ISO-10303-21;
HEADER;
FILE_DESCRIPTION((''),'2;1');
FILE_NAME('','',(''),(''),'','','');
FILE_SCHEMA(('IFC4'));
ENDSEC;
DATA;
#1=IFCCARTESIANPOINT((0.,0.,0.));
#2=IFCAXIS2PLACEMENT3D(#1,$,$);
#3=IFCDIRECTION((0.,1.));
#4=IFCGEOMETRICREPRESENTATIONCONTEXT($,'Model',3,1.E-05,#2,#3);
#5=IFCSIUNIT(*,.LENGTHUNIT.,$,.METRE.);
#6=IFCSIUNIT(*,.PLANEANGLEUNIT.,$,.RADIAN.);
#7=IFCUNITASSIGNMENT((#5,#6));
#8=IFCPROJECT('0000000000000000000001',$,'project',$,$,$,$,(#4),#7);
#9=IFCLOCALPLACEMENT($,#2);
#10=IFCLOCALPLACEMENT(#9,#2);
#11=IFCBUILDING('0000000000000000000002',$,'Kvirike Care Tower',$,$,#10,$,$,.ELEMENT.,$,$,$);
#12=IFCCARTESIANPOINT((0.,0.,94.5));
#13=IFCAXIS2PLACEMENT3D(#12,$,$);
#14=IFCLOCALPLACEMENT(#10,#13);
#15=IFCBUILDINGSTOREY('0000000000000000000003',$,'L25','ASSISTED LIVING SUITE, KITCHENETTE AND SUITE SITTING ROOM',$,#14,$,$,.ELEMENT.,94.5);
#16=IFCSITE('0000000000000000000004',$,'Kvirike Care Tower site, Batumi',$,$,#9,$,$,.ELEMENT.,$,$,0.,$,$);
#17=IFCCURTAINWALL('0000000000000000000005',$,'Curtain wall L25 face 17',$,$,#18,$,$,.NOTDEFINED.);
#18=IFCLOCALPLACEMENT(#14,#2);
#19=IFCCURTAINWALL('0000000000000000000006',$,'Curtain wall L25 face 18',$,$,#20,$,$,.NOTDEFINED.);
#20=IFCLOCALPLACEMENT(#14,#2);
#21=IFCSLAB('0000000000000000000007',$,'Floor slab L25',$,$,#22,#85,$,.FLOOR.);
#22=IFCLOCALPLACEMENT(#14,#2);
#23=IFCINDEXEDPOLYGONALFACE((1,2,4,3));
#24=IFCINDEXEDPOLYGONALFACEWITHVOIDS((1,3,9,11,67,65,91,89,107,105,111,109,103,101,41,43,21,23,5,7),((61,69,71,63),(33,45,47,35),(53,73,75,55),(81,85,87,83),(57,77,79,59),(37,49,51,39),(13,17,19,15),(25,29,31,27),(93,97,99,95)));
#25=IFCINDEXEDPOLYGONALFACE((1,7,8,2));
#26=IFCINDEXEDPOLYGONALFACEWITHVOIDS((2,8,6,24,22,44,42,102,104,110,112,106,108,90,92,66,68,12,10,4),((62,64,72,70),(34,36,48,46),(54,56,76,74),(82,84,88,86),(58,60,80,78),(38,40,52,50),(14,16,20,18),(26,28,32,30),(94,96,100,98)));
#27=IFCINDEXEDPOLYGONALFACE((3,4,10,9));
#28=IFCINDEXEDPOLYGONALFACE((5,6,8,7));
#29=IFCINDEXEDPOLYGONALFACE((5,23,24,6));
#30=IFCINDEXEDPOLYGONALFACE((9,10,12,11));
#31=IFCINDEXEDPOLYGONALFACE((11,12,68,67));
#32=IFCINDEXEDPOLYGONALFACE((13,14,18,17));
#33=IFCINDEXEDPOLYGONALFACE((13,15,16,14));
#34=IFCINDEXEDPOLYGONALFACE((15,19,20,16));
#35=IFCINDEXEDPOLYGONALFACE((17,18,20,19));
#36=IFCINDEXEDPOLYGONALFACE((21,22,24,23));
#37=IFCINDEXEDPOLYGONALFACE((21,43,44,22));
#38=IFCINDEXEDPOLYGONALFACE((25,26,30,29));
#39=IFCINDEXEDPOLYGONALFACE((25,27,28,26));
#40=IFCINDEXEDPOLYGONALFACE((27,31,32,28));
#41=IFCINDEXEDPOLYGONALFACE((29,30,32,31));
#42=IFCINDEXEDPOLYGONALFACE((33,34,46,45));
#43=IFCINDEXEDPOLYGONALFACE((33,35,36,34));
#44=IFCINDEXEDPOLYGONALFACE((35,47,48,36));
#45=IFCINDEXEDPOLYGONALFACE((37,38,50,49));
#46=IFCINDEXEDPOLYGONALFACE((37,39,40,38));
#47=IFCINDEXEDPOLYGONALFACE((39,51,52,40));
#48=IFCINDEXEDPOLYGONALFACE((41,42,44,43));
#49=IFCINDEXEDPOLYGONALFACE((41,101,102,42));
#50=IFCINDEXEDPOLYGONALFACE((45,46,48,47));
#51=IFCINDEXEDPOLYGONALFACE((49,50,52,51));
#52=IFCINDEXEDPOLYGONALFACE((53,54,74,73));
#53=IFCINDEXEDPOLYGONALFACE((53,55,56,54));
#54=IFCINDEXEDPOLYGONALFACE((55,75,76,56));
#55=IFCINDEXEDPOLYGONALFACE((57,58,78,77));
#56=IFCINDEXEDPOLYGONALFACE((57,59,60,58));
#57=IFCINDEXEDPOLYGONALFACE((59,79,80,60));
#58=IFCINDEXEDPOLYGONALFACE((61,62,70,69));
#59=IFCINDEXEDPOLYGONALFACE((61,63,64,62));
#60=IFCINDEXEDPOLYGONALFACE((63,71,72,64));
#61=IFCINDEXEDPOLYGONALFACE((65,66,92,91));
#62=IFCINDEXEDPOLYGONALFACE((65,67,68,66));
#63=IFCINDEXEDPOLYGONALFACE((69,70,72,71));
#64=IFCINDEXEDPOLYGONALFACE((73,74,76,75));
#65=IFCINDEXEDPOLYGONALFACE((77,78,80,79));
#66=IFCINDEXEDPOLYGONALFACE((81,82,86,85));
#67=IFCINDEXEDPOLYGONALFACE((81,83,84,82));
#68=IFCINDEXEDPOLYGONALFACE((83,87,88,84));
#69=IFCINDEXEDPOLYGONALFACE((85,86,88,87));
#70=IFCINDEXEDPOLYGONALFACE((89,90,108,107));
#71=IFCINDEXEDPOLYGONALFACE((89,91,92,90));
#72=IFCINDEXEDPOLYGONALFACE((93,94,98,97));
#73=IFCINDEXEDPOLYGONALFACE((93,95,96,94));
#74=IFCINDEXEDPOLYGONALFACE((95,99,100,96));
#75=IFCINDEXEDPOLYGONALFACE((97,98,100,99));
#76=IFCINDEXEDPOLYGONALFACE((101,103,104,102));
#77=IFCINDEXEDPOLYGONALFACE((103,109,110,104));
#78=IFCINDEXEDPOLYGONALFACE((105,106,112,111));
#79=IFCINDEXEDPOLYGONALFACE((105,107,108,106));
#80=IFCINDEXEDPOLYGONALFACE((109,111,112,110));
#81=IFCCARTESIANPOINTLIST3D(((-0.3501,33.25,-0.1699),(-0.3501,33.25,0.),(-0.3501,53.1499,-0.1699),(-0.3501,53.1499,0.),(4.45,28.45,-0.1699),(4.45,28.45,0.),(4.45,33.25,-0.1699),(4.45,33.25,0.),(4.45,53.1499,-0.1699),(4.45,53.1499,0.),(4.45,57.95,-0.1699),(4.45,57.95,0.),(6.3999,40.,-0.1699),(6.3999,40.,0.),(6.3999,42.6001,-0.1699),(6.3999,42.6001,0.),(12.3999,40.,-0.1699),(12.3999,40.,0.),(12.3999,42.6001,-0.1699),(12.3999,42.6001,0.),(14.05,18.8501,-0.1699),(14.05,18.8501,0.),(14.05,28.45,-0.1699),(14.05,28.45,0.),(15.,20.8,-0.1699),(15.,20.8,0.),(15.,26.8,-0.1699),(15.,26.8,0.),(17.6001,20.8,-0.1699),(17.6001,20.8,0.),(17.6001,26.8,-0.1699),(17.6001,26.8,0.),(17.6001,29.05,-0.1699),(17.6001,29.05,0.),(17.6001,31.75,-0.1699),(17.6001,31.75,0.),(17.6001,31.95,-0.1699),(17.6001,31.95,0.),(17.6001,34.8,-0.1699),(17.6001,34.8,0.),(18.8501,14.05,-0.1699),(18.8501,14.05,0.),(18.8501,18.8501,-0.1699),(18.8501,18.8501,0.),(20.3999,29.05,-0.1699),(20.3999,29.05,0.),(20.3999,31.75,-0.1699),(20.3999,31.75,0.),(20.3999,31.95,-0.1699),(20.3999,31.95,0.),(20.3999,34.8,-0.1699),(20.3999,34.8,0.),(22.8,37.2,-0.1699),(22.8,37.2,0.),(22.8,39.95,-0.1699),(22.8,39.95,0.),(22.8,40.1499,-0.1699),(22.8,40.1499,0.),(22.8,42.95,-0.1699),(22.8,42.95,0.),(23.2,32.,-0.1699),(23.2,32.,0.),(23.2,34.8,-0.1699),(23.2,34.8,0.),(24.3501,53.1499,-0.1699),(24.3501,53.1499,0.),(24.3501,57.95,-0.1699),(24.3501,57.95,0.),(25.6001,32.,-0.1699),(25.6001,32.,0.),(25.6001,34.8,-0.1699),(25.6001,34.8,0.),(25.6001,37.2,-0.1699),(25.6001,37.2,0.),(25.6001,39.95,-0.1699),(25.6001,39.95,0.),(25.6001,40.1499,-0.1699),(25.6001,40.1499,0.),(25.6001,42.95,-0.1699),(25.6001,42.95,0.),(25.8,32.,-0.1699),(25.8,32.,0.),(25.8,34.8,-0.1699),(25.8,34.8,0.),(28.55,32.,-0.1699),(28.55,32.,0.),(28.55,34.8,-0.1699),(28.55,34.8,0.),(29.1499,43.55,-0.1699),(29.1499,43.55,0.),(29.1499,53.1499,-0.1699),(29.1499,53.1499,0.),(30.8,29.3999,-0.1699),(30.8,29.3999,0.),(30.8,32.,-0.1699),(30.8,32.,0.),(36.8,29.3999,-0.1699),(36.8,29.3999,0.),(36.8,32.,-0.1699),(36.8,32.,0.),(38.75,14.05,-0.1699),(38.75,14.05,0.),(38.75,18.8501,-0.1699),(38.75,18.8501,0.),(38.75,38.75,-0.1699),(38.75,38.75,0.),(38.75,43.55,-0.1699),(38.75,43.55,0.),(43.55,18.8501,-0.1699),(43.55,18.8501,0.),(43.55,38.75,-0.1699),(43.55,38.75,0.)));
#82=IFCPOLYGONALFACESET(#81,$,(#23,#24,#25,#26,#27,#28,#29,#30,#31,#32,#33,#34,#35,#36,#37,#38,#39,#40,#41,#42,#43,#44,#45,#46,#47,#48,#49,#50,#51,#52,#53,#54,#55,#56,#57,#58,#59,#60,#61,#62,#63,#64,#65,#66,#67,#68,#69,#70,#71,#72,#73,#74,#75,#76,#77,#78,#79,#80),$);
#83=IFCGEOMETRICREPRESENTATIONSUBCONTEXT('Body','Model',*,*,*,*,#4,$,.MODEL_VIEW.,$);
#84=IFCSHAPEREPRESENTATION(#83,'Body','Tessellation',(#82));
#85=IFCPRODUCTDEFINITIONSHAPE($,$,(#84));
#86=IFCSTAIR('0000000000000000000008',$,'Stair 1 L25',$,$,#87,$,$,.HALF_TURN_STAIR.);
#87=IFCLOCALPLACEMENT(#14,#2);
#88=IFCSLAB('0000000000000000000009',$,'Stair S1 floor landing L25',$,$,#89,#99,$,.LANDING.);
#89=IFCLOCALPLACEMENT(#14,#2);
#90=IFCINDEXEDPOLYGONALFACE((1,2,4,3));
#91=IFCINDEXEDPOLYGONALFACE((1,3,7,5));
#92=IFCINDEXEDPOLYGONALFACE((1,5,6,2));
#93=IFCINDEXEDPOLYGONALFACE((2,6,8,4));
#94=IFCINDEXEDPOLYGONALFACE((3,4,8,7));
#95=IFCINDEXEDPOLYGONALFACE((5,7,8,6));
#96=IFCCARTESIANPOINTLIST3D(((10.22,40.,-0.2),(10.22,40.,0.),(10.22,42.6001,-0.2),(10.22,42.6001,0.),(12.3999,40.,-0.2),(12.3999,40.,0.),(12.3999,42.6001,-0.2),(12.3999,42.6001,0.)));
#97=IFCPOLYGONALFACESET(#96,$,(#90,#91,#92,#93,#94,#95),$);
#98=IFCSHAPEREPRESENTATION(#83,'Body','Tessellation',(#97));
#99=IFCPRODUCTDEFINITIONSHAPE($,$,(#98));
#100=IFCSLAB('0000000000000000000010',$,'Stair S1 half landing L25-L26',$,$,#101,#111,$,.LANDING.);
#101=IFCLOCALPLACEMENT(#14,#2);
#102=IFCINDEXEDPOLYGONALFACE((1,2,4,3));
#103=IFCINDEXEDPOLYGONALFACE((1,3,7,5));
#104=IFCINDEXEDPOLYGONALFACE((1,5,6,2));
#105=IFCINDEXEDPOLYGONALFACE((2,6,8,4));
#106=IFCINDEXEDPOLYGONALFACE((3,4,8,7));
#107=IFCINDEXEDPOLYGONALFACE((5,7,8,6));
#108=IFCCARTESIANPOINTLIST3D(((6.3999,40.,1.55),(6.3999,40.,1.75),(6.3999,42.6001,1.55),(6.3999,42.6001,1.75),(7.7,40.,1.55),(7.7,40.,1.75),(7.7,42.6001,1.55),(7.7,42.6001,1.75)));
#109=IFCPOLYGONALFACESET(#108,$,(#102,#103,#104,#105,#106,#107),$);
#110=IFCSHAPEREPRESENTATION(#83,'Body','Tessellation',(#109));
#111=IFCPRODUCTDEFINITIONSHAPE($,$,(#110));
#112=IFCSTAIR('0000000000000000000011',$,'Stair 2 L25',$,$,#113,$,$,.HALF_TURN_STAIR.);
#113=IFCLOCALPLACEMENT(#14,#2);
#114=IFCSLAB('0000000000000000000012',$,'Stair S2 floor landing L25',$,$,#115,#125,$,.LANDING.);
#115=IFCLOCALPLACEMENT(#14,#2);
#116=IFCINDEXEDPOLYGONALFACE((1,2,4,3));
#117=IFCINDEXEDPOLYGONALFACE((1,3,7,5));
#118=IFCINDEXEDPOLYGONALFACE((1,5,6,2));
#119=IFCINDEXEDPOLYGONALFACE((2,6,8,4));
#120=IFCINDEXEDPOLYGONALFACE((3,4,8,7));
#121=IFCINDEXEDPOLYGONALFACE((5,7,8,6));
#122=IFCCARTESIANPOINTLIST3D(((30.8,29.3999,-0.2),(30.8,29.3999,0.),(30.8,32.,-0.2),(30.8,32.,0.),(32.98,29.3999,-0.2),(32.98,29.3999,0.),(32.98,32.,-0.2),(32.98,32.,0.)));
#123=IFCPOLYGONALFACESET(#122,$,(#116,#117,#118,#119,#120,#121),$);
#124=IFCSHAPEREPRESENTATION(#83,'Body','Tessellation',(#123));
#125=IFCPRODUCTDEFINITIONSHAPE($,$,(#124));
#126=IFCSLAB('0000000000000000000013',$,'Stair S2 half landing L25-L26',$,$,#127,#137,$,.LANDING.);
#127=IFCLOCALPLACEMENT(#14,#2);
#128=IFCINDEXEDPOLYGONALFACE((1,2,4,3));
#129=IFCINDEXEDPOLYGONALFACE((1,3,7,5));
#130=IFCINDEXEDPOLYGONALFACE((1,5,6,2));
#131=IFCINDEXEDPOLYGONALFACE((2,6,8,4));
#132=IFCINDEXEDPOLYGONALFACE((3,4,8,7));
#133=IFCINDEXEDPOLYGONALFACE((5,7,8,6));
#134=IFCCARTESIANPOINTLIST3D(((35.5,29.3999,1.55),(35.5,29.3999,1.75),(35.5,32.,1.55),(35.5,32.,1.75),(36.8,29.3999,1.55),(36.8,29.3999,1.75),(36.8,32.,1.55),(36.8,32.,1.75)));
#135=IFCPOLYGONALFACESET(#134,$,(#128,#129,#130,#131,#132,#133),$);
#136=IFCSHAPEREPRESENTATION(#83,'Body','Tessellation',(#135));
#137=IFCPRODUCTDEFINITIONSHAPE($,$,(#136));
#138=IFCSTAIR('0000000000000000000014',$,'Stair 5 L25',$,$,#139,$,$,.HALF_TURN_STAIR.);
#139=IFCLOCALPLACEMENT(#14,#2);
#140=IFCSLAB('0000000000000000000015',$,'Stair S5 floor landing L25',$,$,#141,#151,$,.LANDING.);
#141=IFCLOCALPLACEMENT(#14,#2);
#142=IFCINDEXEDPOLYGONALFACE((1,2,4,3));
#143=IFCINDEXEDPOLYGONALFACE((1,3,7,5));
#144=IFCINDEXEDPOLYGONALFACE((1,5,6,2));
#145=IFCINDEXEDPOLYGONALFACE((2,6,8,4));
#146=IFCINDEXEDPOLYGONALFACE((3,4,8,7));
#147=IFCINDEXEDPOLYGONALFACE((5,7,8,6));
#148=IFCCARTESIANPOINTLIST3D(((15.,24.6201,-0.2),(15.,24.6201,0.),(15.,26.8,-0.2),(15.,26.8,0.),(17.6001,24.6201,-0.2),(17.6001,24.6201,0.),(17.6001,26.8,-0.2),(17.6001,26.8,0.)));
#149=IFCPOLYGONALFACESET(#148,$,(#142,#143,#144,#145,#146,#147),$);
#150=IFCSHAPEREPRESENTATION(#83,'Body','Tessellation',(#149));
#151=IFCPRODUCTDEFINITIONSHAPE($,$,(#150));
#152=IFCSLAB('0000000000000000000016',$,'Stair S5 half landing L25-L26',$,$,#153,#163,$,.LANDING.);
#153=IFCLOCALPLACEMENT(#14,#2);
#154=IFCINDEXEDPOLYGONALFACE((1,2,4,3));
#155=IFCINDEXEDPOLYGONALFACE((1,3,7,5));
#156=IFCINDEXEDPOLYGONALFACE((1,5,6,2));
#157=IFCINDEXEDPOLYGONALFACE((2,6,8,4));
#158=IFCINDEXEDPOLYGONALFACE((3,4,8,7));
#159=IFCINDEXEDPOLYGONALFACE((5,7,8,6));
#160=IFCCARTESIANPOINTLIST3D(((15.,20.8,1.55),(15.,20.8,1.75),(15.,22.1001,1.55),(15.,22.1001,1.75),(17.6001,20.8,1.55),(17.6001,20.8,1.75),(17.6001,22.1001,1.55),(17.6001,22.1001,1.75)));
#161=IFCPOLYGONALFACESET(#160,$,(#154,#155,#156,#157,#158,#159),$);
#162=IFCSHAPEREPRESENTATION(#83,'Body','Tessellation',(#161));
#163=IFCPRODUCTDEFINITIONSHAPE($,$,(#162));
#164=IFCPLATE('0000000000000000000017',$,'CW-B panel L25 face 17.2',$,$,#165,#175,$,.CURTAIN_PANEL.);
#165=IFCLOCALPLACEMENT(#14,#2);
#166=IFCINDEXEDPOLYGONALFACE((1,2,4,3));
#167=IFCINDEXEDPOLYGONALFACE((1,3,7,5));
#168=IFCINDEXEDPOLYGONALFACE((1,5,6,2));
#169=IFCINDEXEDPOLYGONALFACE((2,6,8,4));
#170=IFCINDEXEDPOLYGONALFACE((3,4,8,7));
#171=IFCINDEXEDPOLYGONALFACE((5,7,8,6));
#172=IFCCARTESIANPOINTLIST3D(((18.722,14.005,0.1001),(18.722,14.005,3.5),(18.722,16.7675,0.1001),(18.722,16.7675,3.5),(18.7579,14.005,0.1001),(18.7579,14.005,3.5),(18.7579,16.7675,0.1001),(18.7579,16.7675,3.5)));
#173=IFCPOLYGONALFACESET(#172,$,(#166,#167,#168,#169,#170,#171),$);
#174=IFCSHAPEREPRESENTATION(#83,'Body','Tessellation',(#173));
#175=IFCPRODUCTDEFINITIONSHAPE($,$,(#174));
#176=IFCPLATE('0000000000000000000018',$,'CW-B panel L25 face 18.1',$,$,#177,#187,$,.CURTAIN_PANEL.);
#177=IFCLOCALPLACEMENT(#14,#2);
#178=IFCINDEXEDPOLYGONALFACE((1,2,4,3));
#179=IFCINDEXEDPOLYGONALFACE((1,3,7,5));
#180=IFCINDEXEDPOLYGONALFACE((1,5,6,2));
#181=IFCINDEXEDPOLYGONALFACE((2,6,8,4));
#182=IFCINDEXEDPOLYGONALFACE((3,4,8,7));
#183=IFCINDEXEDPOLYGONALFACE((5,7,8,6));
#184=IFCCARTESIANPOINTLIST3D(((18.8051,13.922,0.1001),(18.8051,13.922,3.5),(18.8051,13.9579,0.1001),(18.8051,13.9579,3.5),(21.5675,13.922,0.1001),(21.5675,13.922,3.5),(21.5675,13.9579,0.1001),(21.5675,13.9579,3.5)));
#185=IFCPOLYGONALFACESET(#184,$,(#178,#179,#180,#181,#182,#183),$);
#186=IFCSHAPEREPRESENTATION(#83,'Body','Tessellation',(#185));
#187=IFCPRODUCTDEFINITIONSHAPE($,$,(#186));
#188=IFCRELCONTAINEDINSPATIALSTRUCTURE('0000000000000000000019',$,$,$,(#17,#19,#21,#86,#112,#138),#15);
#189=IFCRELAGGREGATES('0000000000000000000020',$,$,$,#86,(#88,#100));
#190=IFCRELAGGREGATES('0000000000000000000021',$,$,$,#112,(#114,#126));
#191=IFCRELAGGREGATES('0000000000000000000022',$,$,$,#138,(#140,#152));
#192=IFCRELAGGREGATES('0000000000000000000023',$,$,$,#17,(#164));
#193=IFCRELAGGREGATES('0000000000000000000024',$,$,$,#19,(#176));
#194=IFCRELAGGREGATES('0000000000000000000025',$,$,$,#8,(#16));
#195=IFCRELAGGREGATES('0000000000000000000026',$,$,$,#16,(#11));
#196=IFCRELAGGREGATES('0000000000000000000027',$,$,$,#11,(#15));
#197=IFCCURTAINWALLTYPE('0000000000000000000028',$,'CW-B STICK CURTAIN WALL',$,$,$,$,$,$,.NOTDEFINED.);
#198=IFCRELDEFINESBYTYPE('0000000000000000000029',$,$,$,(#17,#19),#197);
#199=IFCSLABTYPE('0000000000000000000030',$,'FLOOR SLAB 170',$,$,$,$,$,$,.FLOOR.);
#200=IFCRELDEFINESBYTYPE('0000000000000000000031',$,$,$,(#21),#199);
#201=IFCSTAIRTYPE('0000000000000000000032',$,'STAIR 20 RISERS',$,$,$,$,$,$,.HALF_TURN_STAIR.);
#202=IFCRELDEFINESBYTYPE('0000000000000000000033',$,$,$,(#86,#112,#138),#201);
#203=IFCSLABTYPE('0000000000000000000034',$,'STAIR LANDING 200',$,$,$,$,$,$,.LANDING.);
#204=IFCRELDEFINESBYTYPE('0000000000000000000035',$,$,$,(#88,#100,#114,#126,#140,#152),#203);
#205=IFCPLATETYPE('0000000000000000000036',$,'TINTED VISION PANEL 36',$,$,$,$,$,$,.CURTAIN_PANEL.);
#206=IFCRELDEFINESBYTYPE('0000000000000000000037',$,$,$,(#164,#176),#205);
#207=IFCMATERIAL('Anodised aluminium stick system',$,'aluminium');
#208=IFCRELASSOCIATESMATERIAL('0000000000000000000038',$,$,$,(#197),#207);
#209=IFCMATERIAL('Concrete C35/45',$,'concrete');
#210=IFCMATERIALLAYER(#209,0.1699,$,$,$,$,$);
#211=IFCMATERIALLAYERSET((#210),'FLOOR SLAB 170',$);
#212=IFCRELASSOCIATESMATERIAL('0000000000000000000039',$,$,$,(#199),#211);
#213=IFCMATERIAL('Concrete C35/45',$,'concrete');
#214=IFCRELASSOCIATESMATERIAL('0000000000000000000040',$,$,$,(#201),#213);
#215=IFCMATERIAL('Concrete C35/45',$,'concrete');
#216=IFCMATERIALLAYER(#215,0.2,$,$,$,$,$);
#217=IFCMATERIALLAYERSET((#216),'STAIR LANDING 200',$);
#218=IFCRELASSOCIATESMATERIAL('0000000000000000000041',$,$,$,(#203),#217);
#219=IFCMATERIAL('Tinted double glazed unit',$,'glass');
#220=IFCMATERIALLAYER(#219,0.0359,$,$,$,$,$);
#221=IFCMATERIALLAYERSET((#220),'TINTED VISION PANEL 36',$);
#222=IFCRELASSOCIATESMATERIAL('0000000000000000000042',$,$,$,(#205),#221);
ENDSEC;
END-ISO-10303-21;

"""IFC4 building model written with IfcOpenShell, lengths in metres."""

from ifc_helpers import new_model, si_unit, direction, frame, origin, origin_2d, place, context, subcontext, project, spatial, polyline, rectangle, outline, extrude, material, layer, layer_set, type_object, element, aggregate, save


model = new_model("IFC4")

# Units and contexts
model_context = context("Model", 3, precision=1e-05, world=origin(), true_north=direction((0.0, 1.0)))
body_context = subcontext(model_context, "Body", "Model", "MODEL_VIEW")
ifc_project = project(units=[si_unit("LENGTHUNIT", "METRE"), si_unit("PLANEANGLEUNIT", "RADIAN")], contexts=[model_context])

# Site, building, storey
site_placement = place(None, origin())
site = spatial("IfcSite", under=ifc_project, at=site_placement, Name="Kvirike Care Tower site, Batumi", CompositionType="ELEMENT", RefElevation=0.0)
building_placement = place(site_placement, origin())
building = spatial("IfcBuilding", under=site, at=building_placement, Name="Kvirike Care Tower", CompositionType="ELEMENT")
storey_placement = place(building_placement, frame((0.0, 0.0, 94.5)))
storey = spatial("IfcBuildingStorey", under=building, at=storey_placement, Name="L25", Description="ASSISTED LIVING SUITE, KITCHENETTE AND SUITE SITTING ROOM", CompositionType="ELEMENT", Elevation=94.5)

# Curtain wall
ifc_material_1 = material(Name="Anodised aluminium stick system", Category="aluminium")
curtain_wall_type = type_object("IfcCurtainWallType", Name="CW-B STICK CURTAIN WALL", PredefinedType="NOTDEFINED", material=ifc_material_1)
curtain_wall_1_placement = place(storey_placement, origin())
curtain_wall_1 = element("IfcCurtainWall", 1, at=curtain_wall_1_placement, inside=storey, type_object=curtain_wall_type, Name="Curtain wall L25 face 17", PredefinedType="NOTDEFINED")

# Curtain wall
curtain_wall_2_placement = place(storey_placement, origin())
curtain_wall_2 = element("IfcCurtainWall", 2, at=curtain_wall_2_placement, inside=storey, type_object=curtain_wall_type, Name="Curtain wall L25 face 18", PredefinedType="NOTDEFINED")

# Slab
ifc_material_2 = material(Name="Concrete C35/45", Category="concrete")
ifc_layer_1 = layer(ifc_material_2, 0.1699)
ifc_layer_set_1 = layer_set([ifc_layer_1], Name="FLOOR SLAB 170")
slab_type_1 = type_object("IfcSlabType", Name="FLOOR SLAB 170", PredefinedType="FLOOR", material=ifc_layer_set_1)
slab_1_placement = place(storey_placement, frame((0.0, 0.0, -0.1699)))
element("IfcSlab", 3, at=slab_1_placement, inside=storey, type_object=slab_type_1, Name="Floor slab L25", PredefinedType="FLOOR", context=body_context, shape_type="SweptSolid", body=[
    extrude(outline(polyline([(43.55, 18.8501), (43.55, 38.75), (38.75, 38.75), (38.75, 43.55), (29.1499, 43.55), (29.1499, 53.1499), (24.3501, 53.1499), (24.3501, 57.95), (4.45, 57.95), (4.45, 53.1499), (-0.3501, 53.1499), (-0.3501, 33.25), (4.45, 33.25), (4.45, 28.45), (14.05, 28.45), (14.05, 18.8501), (18.8501, 18.8501), (18.8501, 14.05), (38.75, 14.05), (38.75, 18.8501), (43.55, 18.8501)]), holes=[polyline([(17.6001, 29.05), (17.6001, 31.75), (20.3999, 31.75), (20.3999, 29.05), (17.6001, 29.05)]), polyline([(17.6001, 31.95), (17.6001, 34.8), (20.3999, 34.8), (20.3999, 31.95), (17.6001, 31.95)]), polyline([(22.8, 37.2), (22.8, 39.95), (25.6001, 39.95), (25.6001, 37.2), (22.8, 37.2)]), polyline([(22.8, 40.1499), (22.8, 42.95), (25.6001, 42.95), (25.6001, 40.1499), (22.8, 40.1499)]), polyline([(23.2, 32.0), (23.2, 34.8), (25.6001, 34.8), (25.6001, 32.0), (23.2, 32.0)]), polyline([(25.8, 32.0), (25.8, 34.8), (28.55, 34.8), (28.55, 32.0), (25.8, 32.0)]), polyline([(12.3999, 42.6001), (12.3999, 40.0), (6.3999, 40.0), (6.3999, 42.6001), (12.3999, 42.6001)]), polyline([(30.8, 29.3999), (30.8, 32.0), (36.8, 32.0), (36.8, 29.3999), (30.8, 29.3999)]), polyline([(15.0, 26.8), (17.6001, 26.8), (17.6001, 20.8), (15.0, 20.8), (15.0, 26.8)])]), origin(), (0.0, 0.0, 1.0), 0.1699),
])

# Stairs, slabs
ifc_material_3 = material(Name="Concrete C35/45", Category="concrete")
stair_type = type_object("IfcStairType", Name="STAIR 20 RISERS", PredefinedType="HALF_TURN_STAIR", material=ifc_material_3)
stair_1_placement = place(storey_placement, origin())
stair_1 = element("IfcStair", 4, at=stair_1_placement, inside=storey, type_object=stair_type, Name="Stair 1 L25", PredefinedType="HALF_TURN_STAIR")
ifc_material_4 = material(Name="Concrete C35/45", Category="concrete")
ifc_layer_2 = layer(ifc_material_4, 0.2)
ifc_layer_set_2 = layer_set([ifc_layer_2], Name="STAIR LANDING 200")
slab_type_2 = type_object("IfcSlabType", Name="STAIR LANDING 200", PredefinedType="LANDING", material=ifc_layer_set_2)
slab_2_placement = place(storey_placement, frame((0.0, 0.0, -0.2)))
slab_2 = element("IfcSlab", 5, at=slab_2_placement, type_object=slab_type_2, Name="Stair S1 floor landing L25", PredefinedType="LANDING", context=body_context, shape_type="SweptSolid", body=[
    extrude(outline(polyline([(10.22, 42.6001), (10.22, 40.0), (12.3999, 40.0), (12.3999, 42.6001), (10.22, 42.6001)])), origin(), (0.0, 0.0, 1.0), 0.2),
])
slab_3_placement = place(storey_placement, frame((0.0, 0.0, 1.55)))
slab_3 = element("IfcSlab", 6, at=slab_3_placement, type_object=slab_type_2, Name="Stair S1 half landing L25-L26", PredefinedType="LANDING", context=body_context, shape_type="SweptSolid", body=[
    extrude(outline(polyline([(6.3999, 42.6001), (6.3999, 40.0), (7.7, 40.0), (7.7, 42.6001), (6.3999, 42.6001)])), origin(), (0.0, 0.0, 1.0), 0.2),
])
aggregate(stair_1, [slab_2, slab_3])
stair_2_placement = place(storey_placement, origin())
stair_2 = element("IfcStair", 7, at=stair_2_placement, inside=storey, type_object=stair_type, Name="Stair 2 L25", PredefinedType="HALF_TURN_STAIR")
slab_4_placement = place(storey_placement, frame((0.0, 0.0, -0.2)))
slab_4 = element("IfcSlab", 8, at=slab_4_placement, type_object=slab_type_2, Name="Stair S2 floor landing L25", PredefinedType="LANDING", context=body_context, shape_type="SweptSolid", body=[
    extrude(outline(polyline([(32.98, 29.3999), (32.98, 32.0), (30.8, 32.0), (30.8, 29.3999), (32.98, 29.3999)])), origin(), (0.0, 0.0, 1.0), 0.2),
])
slab_5_placement = place(storey_placement, frame((0.0, 0.0, 1.55)))
slab_5 = element("IfcSlab", 9, at=slab_5_placement, type_object=slab_type_2, Name="Stair S2 half landing L25-L26", PredefinedType="LANDING", context=body_context, shape_type="SweptSolid", body=[
    extrude(outline(polyline([(36.8, 29.3999), (36.8, 32.0), (35.5, 32.0), (35.5, 29.3999), (36.8, 29.3999)])), origin(), (0.0, 0.0, 1.0), 0.2),
])
aggregate(stair_2, [slab_4, slab_5])
stair_3_placement = place(storey_placement, origin())
stair_3 = element("IfcStair", 10, at=stair_3_placement, inside=storey, type_object=stair_type, Name="Stair 5 L25", PredefinedType="HALF_TURN_STAIR")
slab_6_placement = place(storey_placement, frame((0.0, 0.0, -0.2)))
slab_6 = element("IfcSlab", 11, at=slab_6_placement, type_object=slab_type_2, Name="Stair S5 floor landing L25", PredefinedType="LANDING", context=body_context, shape_type="SweptSolid", body=[
    extrude(outline(polyline([(15.0, 24.6201), (17.6001, 24.6201), (17.6001, 26.8), (15.0, 26.8), (15.0, 24.6201)])), origin(), (0.0, 0.0, 1.0), 0.2),
])
slab_7_placement = place(storey_placement, frame((0.0, 0.0, 1.55)))
slab_7 = element("IfcSlab", 12, at=slab_7_placement, type_object=slab_type_2, Name="Stair S5 half landing L25-L26", PredefinedType="LANDING", context=body_context, shape_type="SweptSolid", body=[
    extrude(outline(polyline([(15.0, 20.8), (17.6001, 20.8), (17.6001, 22.1001), (15.0, 22.1001), (15.0, 20.8)])), origin(), (0.0, 0.0, 1.0), 0.2),
])
aggregate(stair_3, [slab_6, slab_7])

# Plates
ifc_material_5 = material(Name="Tinted double glazed unit", Category="glass")
ifc_layer_3 = layer(ifc_material_5, 0.0359)
ifc_layer_set_3 = layer_set([ifc_layer_3], Name="TINTED VISION PANEL 36")
plate_type = type_object("IfcPlateType", Name="TINTED VISION PANEL 36", PredefinedType="CURTAIN_PANEL", material=ifc_layer_set_3)
plate_1_placement = place(storey_placement, frame((18.74, 15.3862, 0.1001), z_axis=(0.0, 0.0, 1.0), x_axis=(0.0, -1.0, 0.0)))
plate_1 = element("IfcPlate", 13, at=plate_1_placement, type_object=plate_type, Name="CW-B panel L25 face 17.2", PredefinedType="CURTAIN_PANEL", context=body_context, shape_type="SweptSolid", body=[
    extrude(rectangle(XDim=2.7625, YDim=0.0359, at=origin_2d()), origin(), (0.0, 0.0, 1.0), 3.3999),
])
aggregate(curtain_wall_1, [plate_1])
plate_2_placement = place(storey_placement, frame((20.1863, 13.9399, 0.1001), z_axis=(0.0, 0.0, 1.0), x_axis=(1.0, 0.0, 0.0)))
plate_2 = element("IfcPlate", 14, at=plate_2_placement, type_object=plate_type, Name="CW-B panel L25 face 18.1", PredefinedType="CURTAIN_PANEL", context=body_context, shape_type="SweptSolid", body=[
    extrude(rectangle(XDim=2.7625, YDim=0.0359, at=origin_2d()), origin(), (0.0, 0.0, 1.0), 3.3999),
])
aggregate(curtain_wall_2, [plate_2])

save(model, "model.ifc")
